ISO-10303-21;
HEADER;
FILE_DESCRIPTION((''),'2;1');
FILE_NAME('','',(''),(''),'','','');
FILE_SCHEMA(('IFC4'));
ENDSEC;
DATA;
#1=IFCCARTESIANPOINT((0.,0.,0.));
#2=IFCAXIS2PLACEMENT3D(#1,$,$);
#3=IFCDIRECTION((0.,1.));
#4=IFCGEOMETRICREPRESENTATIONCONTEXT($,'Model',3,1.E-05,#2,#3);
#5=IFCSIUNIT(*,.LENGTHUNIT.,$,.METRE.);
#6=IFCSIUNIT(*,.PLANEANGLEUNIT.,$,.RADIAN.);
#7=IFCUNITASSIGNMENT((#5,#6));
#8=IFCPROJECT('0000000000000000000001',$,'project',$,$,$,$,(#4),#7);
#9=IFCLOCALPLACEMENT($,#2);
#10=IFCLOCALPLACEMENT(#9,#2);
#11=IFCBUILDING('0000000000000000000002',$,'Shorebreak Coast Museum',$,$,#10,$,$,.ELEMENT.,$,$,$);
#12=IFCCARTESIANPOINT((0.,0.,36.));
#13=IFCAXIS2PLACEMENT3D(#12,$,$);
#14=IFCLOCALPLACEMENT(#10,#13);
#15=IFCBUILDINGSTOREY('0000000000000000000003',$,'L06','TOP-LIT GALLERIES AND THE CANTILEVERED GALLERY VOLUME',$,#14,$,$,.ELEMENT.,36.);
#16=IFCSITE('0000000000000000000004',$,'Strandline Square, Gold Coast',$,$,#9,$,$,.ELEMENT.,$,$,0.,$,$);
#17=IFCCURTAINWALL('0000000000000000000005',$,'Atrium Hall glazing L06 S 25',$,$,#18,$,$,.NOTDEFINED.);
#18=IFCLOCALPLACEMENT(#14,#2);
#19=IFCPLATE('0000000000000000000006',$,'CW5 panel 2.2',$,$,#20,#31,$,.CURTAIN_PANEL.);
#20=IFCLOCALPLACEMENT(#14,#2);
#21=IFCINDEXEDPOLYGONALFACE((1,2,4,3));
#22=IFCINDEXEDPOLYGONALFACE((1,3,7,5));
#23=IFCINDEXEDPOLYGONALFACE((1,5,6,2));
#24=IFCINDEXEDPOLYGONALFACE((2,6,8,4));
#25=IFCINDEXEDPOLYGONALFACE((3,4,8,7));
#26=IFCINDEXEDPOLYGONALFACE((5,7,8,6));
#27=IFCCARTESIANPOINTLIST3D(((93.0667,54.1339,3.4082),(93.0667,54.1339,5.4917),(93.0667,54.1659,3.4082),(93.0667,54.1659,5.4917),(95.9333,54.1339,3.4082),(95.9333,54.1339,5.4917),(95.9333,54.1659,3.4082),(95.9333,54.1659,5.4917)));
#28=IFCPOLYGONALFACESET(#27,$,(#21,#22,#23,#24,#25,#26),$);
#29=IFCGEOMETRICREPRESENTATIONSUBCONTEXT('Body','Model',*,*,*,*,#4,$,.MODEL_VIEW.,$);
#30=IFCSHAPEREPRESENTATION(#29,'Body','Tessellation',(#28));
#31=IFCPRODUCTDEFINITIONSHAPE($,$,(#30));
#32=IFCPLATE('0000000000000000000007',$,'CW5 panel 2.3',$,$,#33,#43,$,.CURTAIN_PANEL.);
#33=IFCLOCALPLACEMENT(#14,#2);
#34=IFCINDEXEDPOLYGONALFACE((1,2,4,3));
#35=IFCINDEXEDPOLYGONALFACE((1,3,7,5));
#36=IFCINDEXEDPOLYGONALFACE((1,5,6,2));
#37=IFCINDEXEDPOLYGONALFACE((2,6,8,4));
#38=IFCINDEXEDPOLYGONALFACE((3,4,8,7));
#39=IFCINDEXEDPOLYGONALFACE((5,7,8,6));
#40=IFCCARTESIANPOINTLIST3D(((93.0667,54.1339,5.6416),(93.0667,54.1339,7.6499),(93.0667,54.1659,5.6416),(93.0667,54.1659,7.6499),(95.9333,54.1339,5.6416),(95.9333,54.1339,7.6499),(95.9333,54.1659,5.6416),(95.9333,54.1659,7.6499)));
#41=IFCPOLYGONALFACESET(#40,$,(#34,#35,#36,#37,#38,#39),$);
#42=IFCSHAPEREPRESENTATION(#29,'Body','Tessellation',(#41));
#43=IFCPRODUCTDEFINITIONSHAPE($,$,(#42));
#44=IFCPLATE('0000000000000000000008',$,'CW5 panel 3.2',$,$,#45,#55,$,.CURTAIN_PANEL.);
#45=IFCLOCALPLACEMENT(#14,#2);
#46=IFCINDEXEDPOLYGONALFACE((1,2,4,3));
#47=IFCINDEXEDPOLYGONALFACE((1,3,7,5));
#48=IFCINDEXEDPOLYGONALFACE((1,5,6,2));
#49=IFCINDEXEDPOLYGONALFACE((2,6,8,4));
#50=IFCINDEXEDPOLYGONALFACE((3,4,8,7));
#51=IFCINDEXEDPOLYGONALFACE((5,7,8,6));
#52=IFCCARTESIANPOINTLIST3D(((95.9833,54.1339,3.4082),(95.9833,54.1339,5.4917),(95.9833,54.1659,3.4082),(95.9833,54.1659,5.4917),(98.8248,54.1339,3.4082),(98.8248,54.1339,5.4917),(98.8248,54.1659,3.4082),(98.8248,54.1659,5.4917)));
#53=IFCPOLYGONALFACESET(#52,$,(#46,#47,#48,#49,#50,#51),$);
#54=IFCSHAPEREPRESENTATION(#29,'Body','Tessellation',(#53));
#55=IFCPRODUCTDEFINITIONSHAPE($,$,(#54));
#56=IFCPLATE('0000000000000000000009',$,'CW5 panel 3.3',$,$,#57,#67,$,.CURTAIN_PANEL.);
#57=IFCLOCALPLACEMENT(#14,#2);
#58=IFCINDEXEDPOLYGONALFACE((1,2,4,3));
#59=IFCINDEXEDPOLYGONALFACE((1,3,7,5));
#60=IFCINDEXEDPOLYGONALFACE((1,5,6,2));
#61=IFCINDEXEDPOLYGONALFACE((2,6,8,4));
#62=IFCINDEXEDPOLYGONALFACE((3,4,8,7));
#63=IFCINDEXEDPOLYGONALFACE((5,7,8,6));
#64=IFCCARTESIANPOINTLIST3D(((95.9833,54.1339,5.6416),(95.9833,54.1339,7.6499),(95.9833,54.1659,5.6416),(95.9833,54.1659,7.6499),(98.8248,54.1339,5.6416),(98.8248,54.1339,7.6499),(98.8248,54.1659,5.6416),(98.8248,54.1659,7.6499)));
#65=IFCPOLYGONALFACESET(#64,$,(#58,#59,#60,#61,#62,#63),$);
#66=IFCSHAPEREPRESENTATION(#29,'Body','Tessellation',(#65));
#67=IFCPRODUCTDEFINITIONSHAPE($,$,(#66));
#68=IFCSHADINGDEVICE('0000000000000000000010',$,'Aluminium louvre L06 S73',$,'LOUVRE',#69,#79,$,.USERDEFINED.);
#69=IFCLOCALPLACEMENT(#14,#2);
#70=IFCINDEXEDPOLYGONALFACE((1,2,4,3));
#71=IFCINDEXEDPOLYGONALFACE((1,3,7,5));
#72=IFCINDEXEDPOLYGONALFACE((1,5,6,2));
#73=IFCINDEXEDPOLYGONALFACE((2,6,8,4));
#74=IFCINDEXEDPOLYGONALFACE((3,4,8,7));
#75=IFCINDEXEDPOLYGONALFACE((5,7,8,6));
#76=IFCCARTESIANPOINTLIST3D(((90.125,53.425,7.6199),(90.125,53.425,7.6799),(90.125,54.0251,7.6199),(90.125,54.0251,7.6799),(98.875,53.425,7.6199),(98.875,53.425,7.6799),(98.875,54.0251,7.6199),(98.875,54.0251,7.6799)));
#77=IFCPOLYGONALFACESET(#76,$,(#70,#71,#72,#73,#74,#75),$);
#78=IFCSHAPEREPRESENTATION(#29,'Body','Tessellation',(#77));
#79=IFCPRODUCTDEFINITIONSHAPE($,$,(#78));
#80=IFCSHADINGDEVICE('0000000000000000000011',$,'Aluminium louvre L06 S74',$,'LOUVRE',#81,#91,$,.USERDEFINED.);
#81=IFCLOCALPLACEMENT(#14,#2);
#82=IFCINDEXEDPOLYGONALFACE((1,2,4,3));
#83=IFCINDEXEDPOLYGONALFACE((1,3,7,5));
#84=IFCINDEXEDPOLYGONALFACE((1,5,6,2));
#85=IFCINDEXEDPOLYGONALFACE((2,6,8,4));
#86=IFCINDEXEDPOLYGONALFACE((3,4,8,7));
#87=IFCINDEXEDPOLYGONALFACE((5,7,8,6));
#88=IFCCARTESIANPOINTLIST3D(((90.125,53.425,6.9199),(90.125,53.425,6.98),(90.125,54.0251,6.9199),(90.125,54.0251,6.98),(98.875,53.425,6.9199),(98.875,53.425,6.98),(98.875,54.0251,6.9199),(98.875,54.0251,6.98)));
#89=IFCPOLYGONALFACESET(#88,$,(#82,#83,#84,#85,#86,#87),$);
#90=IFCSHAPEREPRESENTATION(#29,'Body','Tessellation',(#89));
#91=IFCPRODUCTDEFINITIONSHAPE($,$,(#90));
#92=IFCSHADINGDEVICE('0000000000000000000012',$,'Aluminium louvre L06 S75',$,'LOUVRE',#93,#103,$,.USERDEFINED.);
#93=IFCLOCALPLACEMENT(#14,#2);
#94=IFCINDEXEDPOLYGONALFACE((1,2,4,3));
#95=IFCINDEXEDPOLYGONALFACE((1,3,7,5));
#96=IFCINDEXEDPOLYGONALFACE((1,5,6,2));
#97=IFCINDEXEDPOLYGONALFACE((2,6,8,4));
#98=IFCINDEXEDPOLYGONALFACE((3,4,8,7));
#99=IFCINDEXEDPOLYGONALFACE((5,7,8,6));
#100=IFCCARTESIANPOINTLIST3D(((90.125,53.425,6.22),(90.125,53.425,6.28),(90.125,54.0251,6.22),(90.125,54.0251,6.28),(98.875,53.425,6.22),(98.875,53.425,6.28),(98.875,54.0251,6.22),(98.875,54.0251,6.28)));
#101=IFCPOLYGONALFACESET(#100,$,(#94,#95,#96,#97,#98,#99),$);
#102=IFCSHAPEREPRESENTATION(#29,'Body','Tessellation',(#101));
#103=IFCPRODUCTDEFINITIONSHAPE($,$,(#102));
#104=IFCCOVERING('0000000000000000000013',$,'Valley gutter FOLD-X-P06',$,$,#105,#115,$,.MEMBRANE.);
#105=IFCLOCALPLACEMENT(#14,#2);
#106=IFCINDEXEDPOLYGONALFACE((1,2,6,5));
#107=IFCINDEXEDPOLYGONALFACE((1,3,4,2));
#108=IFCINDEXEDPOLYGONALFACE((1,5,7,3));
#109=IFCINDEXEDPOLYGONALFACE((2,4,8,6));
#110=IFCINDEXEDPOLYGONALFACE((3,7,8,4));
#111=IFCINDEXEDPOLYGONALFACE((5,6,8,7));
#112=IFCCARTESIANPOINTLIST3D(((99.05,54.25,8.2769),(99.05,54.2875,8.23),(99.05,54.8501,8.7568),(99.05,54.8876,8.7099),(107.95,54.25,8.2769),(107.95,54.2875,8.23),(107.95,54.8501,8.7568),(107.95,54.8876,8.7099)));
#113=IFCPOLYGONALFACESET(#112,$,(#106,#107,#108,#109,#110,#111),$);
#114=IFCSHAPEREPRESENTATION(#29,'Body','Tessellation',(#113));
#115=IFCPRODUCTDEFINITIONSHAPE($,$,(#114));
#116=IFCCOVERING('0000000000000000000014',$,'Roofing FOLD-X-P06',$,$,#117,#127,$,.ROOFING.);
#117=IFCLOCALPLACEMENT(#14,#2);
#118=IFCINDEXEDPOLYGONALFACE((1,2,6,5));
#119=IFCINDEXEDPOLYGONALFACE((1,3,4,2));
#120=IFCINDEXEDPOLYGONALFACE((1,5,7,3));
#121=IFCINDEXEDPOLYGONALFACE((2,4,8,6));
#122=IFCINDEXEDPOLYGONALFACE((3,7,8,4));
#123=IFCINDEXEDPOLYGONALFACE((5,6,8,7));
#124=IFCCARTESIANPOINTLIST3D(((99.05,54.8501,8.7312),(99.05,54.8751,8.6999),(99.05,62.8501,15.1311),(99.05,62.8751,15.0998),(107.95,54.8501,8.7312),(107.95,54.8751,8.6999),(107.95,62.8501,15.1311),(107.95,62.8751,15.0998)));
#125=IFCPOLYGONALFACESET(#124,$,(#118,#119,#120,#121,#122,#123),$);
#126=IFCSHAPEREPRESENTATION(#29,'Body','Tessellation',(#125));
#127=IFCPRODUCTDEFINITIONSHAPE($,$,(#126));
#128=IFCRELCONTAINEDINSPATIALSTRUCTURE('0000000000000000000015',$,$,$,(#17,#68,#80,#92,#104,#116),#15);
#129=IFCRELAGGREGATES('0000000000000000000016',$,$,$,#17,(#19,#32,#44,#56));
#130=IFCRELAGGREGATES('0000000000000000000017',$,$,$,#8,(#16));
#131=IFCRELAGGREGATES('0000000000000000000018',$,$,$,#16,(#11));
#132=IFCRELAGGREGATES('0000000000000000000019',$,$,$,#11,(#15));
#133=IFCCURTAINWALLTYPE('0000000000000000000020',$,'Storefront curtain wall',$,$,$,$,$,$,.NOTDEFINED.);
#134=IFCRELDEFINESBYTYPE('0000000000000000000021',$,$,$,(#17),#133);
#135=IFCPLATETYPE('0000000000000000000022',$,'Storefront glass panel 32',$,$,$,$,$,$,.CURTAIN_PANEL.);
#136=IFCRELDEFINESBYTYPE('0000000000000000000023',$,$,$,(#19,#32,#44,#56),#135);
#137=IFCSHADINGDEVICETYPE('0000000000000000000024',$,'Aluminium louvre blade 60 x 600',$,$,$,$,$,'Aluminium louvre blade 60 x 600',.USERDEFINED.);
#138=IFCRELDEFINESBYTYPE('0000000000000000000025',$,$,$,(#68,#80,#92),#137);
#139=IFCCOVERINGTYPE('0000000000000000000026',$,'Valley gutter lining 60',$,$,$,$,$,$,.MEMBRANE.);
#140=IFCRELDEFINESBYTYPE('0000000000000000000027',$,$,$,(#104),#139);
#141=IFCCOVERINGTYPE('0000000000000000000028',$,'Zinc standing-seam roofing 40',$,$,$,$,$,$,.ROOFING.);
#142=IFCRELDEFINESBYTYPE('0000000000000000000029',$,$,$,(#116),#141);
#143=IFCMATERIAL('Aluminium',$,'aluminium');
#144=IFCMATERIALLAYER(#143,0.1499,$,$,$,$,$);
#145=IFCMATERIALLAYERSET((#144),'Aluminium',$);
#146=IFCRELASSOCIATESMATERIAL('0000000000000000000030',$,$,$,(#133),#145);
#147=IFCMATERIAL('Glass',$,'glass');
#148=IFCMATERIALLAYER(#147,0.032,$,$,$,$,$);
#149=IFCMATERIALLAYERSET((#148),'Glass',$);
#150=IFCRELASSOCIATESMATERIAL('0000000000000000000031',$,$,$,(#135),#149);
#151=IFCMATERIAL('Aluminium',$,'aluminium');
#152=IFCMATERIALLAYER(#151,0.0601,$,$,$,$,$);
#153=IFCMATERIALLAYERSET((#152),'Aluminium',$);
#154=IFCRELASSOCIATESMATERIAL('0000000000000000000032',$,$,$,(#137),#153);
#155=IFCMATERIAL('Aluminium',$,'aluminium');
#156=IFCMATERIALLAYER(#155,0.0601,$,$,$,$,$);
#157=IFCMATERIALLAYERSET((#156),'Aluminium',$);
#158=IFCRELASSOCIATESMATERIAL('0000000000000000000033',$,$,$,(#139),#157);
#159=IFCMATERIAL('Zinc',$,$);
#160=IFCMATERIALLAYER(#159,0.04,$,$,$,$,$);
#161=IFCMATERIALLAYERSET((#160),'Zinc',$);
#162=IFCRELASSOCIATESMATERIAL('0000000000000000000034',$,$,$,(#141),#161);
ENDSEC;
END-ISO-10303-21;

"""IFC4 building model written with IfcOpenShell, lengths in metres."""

from ifc_helpers import new_model, si_unit, direction, frame, origin, origin_2d, place, context, subcontext, project, spatial, polyline, rectangle, outline, extrude, material, layer, layer_set, type_object, element, aggregate, save


model = new_model("IFC4")

# Units and contexts
model_context = context("Model", 3, precision=1e-05, world=origin(), true_north=direction((0.0, 1.0)))
body_context = subcontext(model_context, "Body", "Model", "MODEL_VIEW")
ifc_project = project(units=[si_unit("LENGTHUNIT", "METRE"), si_unit("PLANEANGLEUNIT", "RADIAN")], contexts=[model_context])

# Site, building, storey
site_placement = place(None, origin())
site = spatial("IfcSite", under=ifc_project, at=site_placement, Name="Strandline Square, Gold Coast", CompositionType="ELEMENT", RefElevation=0.0)
building_placement = place(site_placement, origin())
building = spatial("IfcBuilding", under=site, at=building_placement, Name="Shorebreak Coast Museum", CompositionType="ELEMENT")
storey_placement = place(building_placement, frame((0.0, 0.0, 36.0)))
storey = spatial("IfcBuildingStorey", under=building, at=storey_placement, Name="L06", Description="TOP-LIT GALLERIES AND THE CANTILEVERED GALLERY VOLUME", CompositionType="ELEMENT", Elevation=36.0)

# Curtain wall
ifc_material_1 = material(Name="Aluminium", Category="aluminium")
ifc_layer_1 = layer(ifc_material_1, 0.1499)
ifc_layer_set_1 = layer_set([ifc_layer_1], Name="Aluminium")
curtain_wall_type = type_object("IfcCurtainWallType", Name="Storefront curtain wall", PredefinedType="NOTDEFINED", material=ifc_layer_set_1)
curtain_wall_1_placement = place(storey_placement, origin())
curtain_wall_1 = element("IfcCurtainWall", 1, at=curtain_wall_1_placement, inside=storey, type_object=curtain_wall_type, Name="Atrium Hall glazing L06 S 25", PredefinedType="NOTDEFINED")

# Plates
ifc_material_2 = material(Name="Glass", Category="glass")
ifc_layer_2 = layer(ifc_material_2, 0.032)
ifc_layer_set_2 = layer_set([ifc_layer_2], Name="Glass")
plate_type = type_object("IfcPlateType", Name="Storefront glass panel 32", PredefinedType="CURTAIN_PANEL", material=ifc_layer_set_2)
plate_1_placement = place(storey_placement, frame((94.5, 54.1499, 3.4082), z_axis=(0.0, 0.0, 1.0), x_axis=(1.0, 0.0, 0.0)))
plate_1 = element("IfcPlate", 2, at=plate_1_placement, type_object=plate_type, Name="CW5 panel 2.2", PredefinedType="CURTAIN_PANEL", context=body_context, shape_type="SweptSolid", body=[
    extrude(rectangle(XDim=2.8667, YDim=0.032, at=origin_2d()), origin(), (0.0, 0.0, 1.0), 2.0835),
])
plate_2_placement = place(storey_placement, frame((94.5, 54.1499, 5.6416), z_axis=(0.0, 0.0, 1.0), x_axis=(1.0, 0.0, 0.0)))
plate_2 = element("IfcPlate", 3, at=plate_2_placement, type_object=plate_type, Name="CW5 panel 2.3", PredefinedType="CURTAIN_PANEL", context=body_context, shape_type="SweptSolid", body=[
    extrude(rectangle(XDim=2.8667, YDim=0.032, at=origin_2d()), origin(), (0.0, 0.0, 1.0), 2.0083),
])
plate_3_placement = place(storey_placement, frame((97.4041, 54.1499, 3.4082), z_axis=(0.0, 0.0, 1.0), x_axis=(1.0, 0.0, 0.0)))
plate_3 = element("IfcPlate", 4, at=plate_3_placement, type_object=plate_type, Name="CW5 panel 3.2", PredefinedType="CURTAIN_PANEL", context=body_context, shape_type="SweptSolid", body=[
    extrude(rectangle(XDim=2.8416, YDim=0.032, at=origin_2d()), origin(), (0.0, 0.0, 1.0), 2.0835),
])
plate_4_placement = place(storey_placement, frame((97.4041, 54.1499, 5.6416), z_axis=(0.0, 0.0, 1.0), x_axis=(1.0, 0.0, 0.0)))
plate_4 = element("IfcPlate", 5, at=plate_4_placement, type_object=plate_type, Name="CW5 panel 3.3", PredefinedType="CURTAIN_PANEL", context=body_context, shape_type="SweptSolid", body=[
    extrude(rectangle(XDim=2.8416, YDim=0.032, at=origin_2d()), origin(), (0.0, 0.0, 1.0), 2.0083),
])
aggregate(curtain_wall_1, [plate_1, plate_2, plate_3, plate_4])

# Shading devices
ifc_material_3 = material(Name="Aluminium", Category="aluminium")
ifc_layer_3 = layer(ifc_material_3, 0.0601)
ifc_layer_set_3 = layer_set([ifc_layer_3], Name="Aluminium")
shading_device_type = type_object("IfcShadingDeviceType", Name="Aluminium louvre blade 60 x 600", ElementType="Aluminium louvre blade 60 x 600", PredefinedType="USERDEFINED", material=ifc_layer_set_3)
for number, where, z_axis, x_axis, name in (
    (6, (94.5, 53.7251, 7.6199), (0.0, 0.0, 1.0), (1.0, 0.0, 0.0), "Aluminium louvre L06 S73"),
    (7, (94.5, 53.7251, 6.9199), (0.0, 0.0, 1.0), (1.0, 0.0, 0.0), "Aluminium louvre L06 S74"),
    (8, (94.5, 53.7251, 6.22), (0.0, 0.0, 1.0), (1.0, 0.0, 0.0), "Aluminium louvre L06 S75"),
):
    element("IfcShadingDevice", number, at=place(storey_placement, frame(where, z_axis=z_axis, x_axis=x_axis)), inside=storey, type_object=shading_device_type, Name=name, ObjectType="LOUVRE", PredefinedType="USERDEFINED", context=body_context, shape_type="SweptSolid", body=[
        extrude(rectangle(XDim=8.75, YDim=0.6001, at=origin_2d()), origin(), (0.0, 0.0, 1.0), 0.0601),
    ])

# Coverings
ifc_material_4 = material(Name="Aluminium", Category="aluminium")
ifc_layer_4 = layer(ifc_material_4, 0.0601)
ifc_layer_set_4 = layer_set([ifc_layer_4], Name="Aluminium")
covering_type_1 = type_object("IfcCoveringType", Name="Valley gutter lining 60", PredefinedType="MEMBRANE", material=ifc_layer_set_4)
covering_1_placement = place(storey_placement, frame((99.05, 54.25, 8.2769), z_axis=(0.0, -0.624618, 0.780931), x_axis=(1.0, 0.0, 0.0)))
element("IfcCovering", 9, at=covering_1_placement, inside=storey, type_object=covering_type_1, Name="Valley gutter FOLD-X-P06", PredefinedType="MEMBRANE", context=body_context, shape_type="SweptSolid", body=[
    extrude(outline(polyline([(0.0, 0.0), (8.8999, 0.0), (8.8999, 0.7684), (0.0, 0.7684), (0.0, 0.0)])), origin(), (0.0, 0.0, -1.0), 0.0601),
])
ifc_material_5 = material(Name="Zinc")
ifc_layer_5 = layer(ifc_material_5, 0.04)
ifc_layer_set_5 = layer_set([ifc_layer_5], Name="Zinc")
covering_type_2 = type_object("IfcCoveringType", Name="Zinc standing-seam roofing 40", PredefinedType="ROOFING", material=ifc_layer_set_5)
covering_2_placement = place(storey_placement, frame((99.05, 54.8501, 8.7312), z_axis=(0.0, -0.624689, 0.780873), x_axis=(1.0, 0.0, 0.0)))
element("IfcCovering", 10, at=covering_2_placement, inside=storey, type_object=covering_type_2, Name="Roofing FOLD-X-P06", PredefinedType="ROOFING", context=body_context, shape_type="SweptSolid", body=[
    extrude(outline(polyline([(0.0, 0.0), (8.8999, 0.0), (8.8999, 10.2449), (0.0, 10.2449), (0.0, 0.0)])), origin(), (0.0, 0.0, -1.0), 0.04),
])

save(model, "model.ifc")
